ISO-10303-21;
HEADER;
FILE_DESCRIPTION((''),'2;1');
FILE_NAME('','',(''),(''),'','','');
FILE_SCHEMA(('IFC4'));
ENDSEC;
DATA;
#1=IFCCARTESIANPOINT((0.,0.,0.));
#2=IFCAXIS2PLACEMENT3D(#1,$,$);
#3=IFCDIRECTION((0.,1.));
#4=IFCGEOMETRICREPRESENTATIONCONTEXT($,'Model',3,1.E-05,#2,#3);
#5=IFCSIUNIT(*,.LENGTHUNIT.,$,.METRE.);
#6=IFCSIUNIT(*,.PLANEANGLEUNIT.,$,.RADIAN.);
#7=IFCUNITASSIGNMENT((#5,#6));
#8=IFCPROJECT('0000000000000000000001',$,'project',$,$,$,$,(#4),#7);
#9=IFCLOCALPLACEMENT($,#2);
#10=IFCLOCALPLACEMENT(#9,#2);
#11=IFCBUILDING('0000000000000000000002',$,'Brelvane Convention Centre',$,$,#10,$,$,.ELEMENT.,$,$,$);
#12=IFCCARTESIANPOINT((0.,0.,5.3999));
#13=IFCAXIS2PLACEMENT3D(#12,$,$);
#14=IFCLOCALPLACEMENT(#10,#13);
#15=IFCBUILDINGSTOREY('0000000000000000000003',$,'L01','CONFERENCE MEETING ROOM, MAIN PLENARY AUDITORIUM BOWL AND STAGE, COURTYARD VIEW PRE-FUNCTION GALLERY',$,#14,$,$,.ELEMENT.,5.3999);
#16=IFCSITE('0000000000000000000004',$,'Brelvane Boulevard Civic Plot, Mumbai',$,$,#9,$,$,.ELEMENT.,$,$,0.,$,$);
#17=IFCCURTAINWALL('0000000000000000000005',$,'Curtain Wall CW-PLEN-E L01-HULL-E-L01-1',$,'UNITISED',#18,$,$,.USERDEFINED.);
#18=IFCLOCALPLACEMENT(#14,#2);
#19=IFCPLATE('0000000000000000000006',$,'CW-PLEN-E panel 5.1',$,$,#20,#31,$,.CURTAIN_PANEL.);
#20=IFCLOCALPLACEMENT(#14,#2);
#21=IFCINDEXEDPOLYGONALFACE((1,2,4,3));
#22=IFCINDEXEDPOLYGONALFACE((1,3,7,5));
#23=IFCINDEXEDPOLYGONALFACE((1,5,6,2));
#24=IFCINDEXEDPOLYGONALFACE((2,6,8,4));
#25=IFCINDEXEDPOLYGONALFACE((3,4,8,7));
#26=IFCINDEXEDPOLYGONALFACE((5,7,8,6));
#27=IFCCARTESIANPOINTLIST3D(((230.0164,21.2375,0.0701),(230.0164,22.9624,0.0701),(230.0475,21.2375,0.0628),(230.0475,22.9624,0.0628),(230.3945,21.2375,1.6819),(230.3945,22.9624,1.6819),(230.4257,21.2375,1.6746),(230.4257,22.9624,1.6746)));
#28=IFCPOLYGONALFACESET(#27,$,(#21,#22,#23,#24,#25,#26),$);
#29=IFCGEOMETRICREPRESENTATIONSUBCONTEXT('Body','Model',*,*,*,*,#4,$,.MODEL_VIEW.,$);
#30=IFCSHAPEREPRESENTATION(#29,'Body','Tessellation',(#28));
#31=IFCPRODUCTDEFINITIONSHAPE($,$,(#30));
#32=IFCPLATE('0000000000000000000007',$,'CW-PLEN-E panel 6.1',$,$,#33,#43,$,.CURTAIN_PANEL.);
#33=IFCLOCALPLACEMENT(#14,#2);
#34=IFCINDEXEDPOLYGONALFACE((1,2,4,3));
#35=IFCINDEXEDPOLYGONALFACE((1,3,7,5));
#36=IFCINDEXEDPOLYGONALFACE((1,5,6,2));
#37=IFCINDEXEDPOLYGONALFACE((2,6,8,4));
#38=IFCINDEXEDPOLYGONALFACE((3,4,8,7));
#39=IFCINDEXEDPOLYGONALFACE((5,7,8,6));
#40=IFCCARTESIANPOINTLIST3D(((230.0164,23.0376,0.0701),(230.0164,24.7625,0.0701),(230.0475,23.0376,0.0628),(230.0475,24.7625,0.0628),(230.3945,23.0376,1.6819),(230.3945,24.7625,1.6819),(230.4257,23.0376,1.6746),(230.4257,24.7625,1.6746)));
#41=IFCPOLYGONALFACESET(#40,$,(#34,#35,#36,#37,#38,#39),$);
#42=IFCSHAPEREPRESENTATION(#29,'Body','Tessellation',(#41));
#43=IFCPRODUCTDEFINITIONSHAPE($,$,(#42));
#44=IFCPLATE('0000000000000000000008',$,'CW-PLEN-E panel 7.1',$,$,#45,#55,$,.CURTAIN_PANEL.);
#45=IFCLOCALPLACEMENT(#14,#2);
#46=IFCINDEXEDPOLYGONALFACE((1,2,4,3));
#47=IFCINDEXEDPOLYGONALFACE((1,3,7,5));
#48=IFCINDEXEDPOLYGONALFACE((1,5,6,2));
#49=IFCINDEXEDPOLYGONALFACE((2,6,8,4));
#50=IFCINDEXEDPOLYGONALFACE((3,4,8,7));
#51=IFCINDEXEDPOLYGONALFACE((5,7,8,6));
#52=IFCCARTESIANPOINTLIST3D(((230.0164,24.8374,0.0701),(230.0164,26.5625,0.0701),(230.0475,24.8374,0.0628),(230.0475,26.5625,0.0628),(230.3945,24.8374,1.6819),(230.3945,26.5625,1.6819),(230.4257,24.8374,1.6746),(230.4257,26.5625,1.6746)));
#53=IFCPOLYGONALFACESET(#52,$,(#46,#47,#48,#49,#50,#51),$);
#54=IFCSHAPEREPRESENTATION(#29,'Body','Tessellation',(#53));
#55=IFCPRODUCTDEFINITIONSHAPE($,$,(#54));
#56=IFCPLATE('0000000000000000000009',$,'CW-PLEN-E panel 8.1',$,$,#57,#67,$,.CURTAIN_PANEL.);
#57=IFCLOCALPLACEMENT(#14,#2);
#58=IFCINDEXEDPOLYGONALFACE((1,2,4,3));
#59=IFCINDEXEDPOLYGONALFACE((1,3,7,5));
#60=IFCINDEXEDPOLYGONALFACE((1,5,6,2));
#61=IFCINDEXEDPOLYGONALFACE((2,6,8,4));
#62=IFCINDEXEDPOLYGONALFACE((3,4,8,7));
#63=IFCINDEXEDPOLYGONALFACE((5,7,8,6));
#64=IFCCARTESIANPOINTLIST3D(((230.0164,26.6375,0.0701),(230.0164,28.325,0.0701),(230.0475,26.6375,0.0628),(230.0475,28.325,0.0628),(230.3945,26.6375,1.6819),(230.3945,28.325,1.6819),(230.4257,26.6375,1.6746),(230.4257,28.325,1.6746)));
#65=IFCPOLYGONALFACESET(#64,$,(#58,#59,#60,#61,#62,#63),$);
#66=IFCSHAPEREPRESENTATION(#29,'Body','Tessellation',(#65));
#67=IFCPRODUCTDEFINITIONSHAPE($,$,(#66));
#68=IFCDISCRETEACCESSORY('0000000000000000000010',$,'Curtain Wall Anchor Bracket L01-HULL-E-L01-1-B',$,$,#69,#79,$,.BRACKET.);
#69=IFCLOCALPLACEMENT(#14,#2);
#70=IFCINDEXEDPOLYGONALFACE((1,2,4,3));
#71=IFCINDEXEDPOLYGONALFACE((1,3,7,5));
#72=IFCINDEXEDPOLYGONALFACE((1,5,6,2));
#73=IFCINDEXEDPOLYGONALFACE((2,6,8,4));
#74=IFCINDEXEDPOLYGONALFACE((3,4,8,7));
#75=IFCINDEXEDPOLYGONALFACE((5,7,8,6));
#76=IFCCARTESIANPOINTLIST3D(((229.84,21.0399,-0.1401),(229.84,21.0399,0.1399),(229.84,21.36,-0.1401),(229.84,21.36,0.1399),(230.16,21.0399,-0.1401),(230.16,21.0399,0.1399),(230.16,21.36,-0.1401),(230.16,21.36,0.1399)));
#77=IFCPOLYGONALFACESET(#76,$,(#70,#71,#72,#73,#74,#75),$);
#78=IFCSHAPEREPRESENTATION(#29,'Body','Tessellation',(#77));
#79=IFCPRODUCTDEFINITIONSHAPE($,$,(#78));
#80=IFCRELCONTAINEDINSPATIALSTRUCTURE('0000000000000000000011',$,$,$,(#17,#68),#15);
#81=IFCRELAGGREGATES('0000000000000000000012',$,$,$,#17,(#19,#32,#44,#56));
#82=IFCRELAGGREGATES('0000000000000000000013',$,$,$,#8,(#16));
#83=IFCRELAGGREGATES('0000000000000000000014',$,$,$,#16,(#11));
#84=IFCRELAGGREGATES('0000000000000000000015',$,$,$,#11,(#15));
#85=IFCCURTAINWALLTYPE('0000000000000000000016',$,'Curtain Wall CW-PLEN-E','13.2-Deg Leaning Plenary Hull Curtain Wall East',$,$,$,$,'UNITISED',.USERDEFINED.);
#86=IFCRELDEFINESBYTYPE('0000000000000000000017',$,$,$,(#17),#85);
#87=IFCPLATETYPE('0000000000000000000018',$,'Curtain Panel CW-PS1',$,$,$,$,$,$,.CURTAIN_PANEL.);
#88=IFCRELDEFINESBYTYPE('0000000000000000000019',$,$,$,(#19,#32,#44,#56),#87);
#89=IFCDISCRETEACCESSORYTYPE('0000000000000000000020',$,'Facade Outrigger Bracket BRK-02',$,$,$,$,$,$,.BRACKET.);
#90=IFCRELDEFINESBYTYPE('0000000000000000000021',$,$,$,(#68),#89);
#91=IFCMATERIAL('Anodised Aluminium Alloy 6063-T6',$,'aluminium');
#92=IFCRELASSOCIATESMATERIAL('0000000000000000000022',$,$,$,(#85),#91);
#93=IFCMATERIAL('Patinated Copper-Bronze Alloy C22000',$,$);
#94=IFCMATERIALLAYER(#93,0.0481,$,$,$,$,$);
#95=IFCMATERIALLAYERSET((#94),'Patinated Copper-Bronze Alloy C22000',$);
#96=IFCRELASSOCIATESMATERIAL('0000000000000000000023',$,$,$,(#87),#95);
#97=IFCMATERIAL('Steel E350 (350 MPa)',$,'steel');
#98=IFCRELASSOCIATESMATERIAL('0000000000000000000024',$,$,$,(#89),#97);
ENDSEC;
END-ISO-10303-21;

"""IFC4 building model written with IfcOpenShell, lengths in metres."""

from ifc_helpers import new_model, si_unit, direction, frame, origin, origin_2d, place, context, subcontext, project, spatial, polyline, rectangle, outline, extrude, material, layer, layer_set, type_object, element, aggregate, save


model = new_model("IFC4")

# Units and contexts
model_context = context("Model", 3, precision=1e-05, world=origin(), true_north=direction((0.0, 1.0)))
body_context = subcontext(model_context, "Body", "Model", "MODEL_VIEW")
ifc_project = project(units=[si_unit("LENGTHUNIT", "METRE"), si_unit("PLANEANGLEUNIT", "RADIAN")], contexts=[model_context])

# Site, building, storey
site_placement = place(None, origin())
site = spatial("IfcSite", under=ifc_project, at=site_placement, Name="Brelvane Boulevard Civic Plot, Mumbai", CompositionType="ELEMENT", RefElevation=0.0)
building_placement = place(site_placement, origin())
building = spatial("IfcBuilding", under=site, at=building_placement, Name="Brelvane Convention Centre", CompositionType="ELEMENT")
storey_placement = place(building_placement, frame((0.0, 0.0, 5.3999)))
storey = spatial("IfcBuildingStorey", under=building, at=storey_placement, Name="L01", Description="CONFERENCE MEETING ROOM, MAIN PLENARY AUDITORIUM BOWL AND STAGE, COURTYARD VIEW PRE-FUNCTION GALLERY", CompositionType="ELEMENT", Elevation=5.3999)

# Curtain wall, plates
ifc_material_1 = material(Name="Anodised Aluminium Alloy 6063-T6", Category="aluminium")
curtain_wall_type = type_object("IfcCurtainWallType", Name="Curtain Wall CW-PLEN-E", Description="13.2-Deg Leaning Plenary Hull Curtain Wall East", ElementType="UNITISED", PredefinedType="USERDEFINED", material=ifc_material_1)
curtain_wall_placement = place(storey_placement, origin())
curtain_wall = element("IfcCurtainWall", 1, at=curtain_wall_placement, inside=storey, type_object=curtain_wall_type, Name="Curtain Wall CW-PLEN-E L01-HULL-E-L01-1", ObjectType="UNITISED", PredefinedType="USERDEFINED")
ifc_material_2 = material(Name="Patinated Copper-Bronze Alloy C22000")
ifc_layer_1 = layer(ifc_material_2, 0.0481)
ifc_layer_set_1 = layer_set([ifc_layer_1], Name="Patinated Copper-Bronze Alloy C22000")
plate_type_1 = type_object("IfcPlateType", Name="Curtain Panel CW-PS1", PredefinedType="CURTAIN_PANEL", material=ifc_layer_set_1)
plate_1_placement = place(storey_placement, frame((230.0164, 21.2375, 0.0701), z_axis=(-0.973562, 0.0, 0.228423), x_axis=(0.0, 1.0, 0.0)))
plate_1 = element("IfcPlate", 2, at=plate_1_placement, type_object=plate_type_1, Name="CW-PLEN-E panel 5.1", PredefinedType="CURTAIN_PANEL", context=body_context, shape_type="SweptSolid", body=[
    extrude(outline(polyline([(0.0, 0.0), (1.7249, 0.0), (1.7249, -1.6556), (0.0, -1.6556), (0.0, 0.0)])), origin(), (0.0, 0.0, -1.0), 0.032),
])
plate_2_placement = place(storey_placement, frame((230.0164, 23.0376, 0.0701), z_axis=(-0.973562, 0.0, 0.228423), x_axis=(0.0, 1.0, 0.0)))
plate_2 = element("IfcPlate", 3, at=plate_2_placement, type_object=plate_type_1, Name="CW-PLEN-E panel 6.1", PredefinedType="CURTAIN_PANEL", context=body_context, shape_type="SweptSolid", body=[
    extrude(outline(polyline([(0.0, 0.0), (1.7249, 0.0), (1.7249, -1.6556), (0.0, -1.6556), (0.0, 0.0)])), origin(), (0.0, 0.0, -1.0), 0.032),
])
plate_3_placement = place(storey_placement, frame((230.0164, 24.8374, 0.0701), z_axis=(-0.973562, 0.0, 0.228423), x_axis=(0.0, 1.0, 0.0)))
plate_3 = element("IfcPlate", 4, at=plate_3_placement, type_object=plate_type_1, Name="CW-PLEN-E panel 7.1", PredefinedType="CURTAIN_PANEL", context=body_context, shape_type="SweptSolid", body=[
    extrude(outline(polyline([(0.0, 0.0), (1.7251, 0.0), (1.7251, -1.6556), (0.0, -1.6556), (0.0, 0.0)])), origin(), (0.0, 0.0, -1.0), 0.032),
])
plate_4_placement = place(storey_placement, frame((230.0164, 26.6375, 0.0701), z_axis=(-0.973562, 0.0, 0.228423), x_axis=(0.0, 1.0, 0.0)))
plate_4 = element("IfcPlate", 5, at=plate_4_placement, type_object=plate_type_1, Name="CW-PLEN-E panel 8.1", PredefinedType="CURTAIN_PANEL", context=body_context, shape_type="SweptSolid", body=[
    extrude(outline(polyline([(0.0, 0.0), (1.6875, 0.0), (1.6875, -1.6556), (0.0, -1.6556), (0.0, 0.0)])), origin(), (0.0, 0.0, -1.0), 0.032),
])
aggregate(curtain_wall, [plate_1, plate_2, plate_3, plate_4])

# Discrete accessory
ifc_material_3 = material(Name="Steel E350 (350 MPa)", Category="steel")
discrete_accessory_type = type_object("IfcDiscreteAccessoryType", Name="Facade Outrigger Bracket BRK-02", PredefinedType="BRACKET", material=ifc_material_3)
discrete_accessory_placement = place(storey_placement, frame((230.0, 21.2, -0.1401), z_axis=(0.0, 0.0, 1.0), x_axis=(1.0, 0.0, 0.0)))
element("IfcDiscreteAccessory", 6, at=discrete_accessory_placement, inside=storey, type_object=discrete_accessory_type, Name="Curtain Wall Anchor Bracket L01-HULL-E-L01-1-B", PredefinedType="BRACKET", context=body_context, shape_type="SweptSolid", body=[
    extrude(rectangle(XDim=0.3201, YDim=0.3201, at=origin_2d()), origin(), (0.0, 0.0, 1.0), 0.28),
])

save(model, "model.ifc")
